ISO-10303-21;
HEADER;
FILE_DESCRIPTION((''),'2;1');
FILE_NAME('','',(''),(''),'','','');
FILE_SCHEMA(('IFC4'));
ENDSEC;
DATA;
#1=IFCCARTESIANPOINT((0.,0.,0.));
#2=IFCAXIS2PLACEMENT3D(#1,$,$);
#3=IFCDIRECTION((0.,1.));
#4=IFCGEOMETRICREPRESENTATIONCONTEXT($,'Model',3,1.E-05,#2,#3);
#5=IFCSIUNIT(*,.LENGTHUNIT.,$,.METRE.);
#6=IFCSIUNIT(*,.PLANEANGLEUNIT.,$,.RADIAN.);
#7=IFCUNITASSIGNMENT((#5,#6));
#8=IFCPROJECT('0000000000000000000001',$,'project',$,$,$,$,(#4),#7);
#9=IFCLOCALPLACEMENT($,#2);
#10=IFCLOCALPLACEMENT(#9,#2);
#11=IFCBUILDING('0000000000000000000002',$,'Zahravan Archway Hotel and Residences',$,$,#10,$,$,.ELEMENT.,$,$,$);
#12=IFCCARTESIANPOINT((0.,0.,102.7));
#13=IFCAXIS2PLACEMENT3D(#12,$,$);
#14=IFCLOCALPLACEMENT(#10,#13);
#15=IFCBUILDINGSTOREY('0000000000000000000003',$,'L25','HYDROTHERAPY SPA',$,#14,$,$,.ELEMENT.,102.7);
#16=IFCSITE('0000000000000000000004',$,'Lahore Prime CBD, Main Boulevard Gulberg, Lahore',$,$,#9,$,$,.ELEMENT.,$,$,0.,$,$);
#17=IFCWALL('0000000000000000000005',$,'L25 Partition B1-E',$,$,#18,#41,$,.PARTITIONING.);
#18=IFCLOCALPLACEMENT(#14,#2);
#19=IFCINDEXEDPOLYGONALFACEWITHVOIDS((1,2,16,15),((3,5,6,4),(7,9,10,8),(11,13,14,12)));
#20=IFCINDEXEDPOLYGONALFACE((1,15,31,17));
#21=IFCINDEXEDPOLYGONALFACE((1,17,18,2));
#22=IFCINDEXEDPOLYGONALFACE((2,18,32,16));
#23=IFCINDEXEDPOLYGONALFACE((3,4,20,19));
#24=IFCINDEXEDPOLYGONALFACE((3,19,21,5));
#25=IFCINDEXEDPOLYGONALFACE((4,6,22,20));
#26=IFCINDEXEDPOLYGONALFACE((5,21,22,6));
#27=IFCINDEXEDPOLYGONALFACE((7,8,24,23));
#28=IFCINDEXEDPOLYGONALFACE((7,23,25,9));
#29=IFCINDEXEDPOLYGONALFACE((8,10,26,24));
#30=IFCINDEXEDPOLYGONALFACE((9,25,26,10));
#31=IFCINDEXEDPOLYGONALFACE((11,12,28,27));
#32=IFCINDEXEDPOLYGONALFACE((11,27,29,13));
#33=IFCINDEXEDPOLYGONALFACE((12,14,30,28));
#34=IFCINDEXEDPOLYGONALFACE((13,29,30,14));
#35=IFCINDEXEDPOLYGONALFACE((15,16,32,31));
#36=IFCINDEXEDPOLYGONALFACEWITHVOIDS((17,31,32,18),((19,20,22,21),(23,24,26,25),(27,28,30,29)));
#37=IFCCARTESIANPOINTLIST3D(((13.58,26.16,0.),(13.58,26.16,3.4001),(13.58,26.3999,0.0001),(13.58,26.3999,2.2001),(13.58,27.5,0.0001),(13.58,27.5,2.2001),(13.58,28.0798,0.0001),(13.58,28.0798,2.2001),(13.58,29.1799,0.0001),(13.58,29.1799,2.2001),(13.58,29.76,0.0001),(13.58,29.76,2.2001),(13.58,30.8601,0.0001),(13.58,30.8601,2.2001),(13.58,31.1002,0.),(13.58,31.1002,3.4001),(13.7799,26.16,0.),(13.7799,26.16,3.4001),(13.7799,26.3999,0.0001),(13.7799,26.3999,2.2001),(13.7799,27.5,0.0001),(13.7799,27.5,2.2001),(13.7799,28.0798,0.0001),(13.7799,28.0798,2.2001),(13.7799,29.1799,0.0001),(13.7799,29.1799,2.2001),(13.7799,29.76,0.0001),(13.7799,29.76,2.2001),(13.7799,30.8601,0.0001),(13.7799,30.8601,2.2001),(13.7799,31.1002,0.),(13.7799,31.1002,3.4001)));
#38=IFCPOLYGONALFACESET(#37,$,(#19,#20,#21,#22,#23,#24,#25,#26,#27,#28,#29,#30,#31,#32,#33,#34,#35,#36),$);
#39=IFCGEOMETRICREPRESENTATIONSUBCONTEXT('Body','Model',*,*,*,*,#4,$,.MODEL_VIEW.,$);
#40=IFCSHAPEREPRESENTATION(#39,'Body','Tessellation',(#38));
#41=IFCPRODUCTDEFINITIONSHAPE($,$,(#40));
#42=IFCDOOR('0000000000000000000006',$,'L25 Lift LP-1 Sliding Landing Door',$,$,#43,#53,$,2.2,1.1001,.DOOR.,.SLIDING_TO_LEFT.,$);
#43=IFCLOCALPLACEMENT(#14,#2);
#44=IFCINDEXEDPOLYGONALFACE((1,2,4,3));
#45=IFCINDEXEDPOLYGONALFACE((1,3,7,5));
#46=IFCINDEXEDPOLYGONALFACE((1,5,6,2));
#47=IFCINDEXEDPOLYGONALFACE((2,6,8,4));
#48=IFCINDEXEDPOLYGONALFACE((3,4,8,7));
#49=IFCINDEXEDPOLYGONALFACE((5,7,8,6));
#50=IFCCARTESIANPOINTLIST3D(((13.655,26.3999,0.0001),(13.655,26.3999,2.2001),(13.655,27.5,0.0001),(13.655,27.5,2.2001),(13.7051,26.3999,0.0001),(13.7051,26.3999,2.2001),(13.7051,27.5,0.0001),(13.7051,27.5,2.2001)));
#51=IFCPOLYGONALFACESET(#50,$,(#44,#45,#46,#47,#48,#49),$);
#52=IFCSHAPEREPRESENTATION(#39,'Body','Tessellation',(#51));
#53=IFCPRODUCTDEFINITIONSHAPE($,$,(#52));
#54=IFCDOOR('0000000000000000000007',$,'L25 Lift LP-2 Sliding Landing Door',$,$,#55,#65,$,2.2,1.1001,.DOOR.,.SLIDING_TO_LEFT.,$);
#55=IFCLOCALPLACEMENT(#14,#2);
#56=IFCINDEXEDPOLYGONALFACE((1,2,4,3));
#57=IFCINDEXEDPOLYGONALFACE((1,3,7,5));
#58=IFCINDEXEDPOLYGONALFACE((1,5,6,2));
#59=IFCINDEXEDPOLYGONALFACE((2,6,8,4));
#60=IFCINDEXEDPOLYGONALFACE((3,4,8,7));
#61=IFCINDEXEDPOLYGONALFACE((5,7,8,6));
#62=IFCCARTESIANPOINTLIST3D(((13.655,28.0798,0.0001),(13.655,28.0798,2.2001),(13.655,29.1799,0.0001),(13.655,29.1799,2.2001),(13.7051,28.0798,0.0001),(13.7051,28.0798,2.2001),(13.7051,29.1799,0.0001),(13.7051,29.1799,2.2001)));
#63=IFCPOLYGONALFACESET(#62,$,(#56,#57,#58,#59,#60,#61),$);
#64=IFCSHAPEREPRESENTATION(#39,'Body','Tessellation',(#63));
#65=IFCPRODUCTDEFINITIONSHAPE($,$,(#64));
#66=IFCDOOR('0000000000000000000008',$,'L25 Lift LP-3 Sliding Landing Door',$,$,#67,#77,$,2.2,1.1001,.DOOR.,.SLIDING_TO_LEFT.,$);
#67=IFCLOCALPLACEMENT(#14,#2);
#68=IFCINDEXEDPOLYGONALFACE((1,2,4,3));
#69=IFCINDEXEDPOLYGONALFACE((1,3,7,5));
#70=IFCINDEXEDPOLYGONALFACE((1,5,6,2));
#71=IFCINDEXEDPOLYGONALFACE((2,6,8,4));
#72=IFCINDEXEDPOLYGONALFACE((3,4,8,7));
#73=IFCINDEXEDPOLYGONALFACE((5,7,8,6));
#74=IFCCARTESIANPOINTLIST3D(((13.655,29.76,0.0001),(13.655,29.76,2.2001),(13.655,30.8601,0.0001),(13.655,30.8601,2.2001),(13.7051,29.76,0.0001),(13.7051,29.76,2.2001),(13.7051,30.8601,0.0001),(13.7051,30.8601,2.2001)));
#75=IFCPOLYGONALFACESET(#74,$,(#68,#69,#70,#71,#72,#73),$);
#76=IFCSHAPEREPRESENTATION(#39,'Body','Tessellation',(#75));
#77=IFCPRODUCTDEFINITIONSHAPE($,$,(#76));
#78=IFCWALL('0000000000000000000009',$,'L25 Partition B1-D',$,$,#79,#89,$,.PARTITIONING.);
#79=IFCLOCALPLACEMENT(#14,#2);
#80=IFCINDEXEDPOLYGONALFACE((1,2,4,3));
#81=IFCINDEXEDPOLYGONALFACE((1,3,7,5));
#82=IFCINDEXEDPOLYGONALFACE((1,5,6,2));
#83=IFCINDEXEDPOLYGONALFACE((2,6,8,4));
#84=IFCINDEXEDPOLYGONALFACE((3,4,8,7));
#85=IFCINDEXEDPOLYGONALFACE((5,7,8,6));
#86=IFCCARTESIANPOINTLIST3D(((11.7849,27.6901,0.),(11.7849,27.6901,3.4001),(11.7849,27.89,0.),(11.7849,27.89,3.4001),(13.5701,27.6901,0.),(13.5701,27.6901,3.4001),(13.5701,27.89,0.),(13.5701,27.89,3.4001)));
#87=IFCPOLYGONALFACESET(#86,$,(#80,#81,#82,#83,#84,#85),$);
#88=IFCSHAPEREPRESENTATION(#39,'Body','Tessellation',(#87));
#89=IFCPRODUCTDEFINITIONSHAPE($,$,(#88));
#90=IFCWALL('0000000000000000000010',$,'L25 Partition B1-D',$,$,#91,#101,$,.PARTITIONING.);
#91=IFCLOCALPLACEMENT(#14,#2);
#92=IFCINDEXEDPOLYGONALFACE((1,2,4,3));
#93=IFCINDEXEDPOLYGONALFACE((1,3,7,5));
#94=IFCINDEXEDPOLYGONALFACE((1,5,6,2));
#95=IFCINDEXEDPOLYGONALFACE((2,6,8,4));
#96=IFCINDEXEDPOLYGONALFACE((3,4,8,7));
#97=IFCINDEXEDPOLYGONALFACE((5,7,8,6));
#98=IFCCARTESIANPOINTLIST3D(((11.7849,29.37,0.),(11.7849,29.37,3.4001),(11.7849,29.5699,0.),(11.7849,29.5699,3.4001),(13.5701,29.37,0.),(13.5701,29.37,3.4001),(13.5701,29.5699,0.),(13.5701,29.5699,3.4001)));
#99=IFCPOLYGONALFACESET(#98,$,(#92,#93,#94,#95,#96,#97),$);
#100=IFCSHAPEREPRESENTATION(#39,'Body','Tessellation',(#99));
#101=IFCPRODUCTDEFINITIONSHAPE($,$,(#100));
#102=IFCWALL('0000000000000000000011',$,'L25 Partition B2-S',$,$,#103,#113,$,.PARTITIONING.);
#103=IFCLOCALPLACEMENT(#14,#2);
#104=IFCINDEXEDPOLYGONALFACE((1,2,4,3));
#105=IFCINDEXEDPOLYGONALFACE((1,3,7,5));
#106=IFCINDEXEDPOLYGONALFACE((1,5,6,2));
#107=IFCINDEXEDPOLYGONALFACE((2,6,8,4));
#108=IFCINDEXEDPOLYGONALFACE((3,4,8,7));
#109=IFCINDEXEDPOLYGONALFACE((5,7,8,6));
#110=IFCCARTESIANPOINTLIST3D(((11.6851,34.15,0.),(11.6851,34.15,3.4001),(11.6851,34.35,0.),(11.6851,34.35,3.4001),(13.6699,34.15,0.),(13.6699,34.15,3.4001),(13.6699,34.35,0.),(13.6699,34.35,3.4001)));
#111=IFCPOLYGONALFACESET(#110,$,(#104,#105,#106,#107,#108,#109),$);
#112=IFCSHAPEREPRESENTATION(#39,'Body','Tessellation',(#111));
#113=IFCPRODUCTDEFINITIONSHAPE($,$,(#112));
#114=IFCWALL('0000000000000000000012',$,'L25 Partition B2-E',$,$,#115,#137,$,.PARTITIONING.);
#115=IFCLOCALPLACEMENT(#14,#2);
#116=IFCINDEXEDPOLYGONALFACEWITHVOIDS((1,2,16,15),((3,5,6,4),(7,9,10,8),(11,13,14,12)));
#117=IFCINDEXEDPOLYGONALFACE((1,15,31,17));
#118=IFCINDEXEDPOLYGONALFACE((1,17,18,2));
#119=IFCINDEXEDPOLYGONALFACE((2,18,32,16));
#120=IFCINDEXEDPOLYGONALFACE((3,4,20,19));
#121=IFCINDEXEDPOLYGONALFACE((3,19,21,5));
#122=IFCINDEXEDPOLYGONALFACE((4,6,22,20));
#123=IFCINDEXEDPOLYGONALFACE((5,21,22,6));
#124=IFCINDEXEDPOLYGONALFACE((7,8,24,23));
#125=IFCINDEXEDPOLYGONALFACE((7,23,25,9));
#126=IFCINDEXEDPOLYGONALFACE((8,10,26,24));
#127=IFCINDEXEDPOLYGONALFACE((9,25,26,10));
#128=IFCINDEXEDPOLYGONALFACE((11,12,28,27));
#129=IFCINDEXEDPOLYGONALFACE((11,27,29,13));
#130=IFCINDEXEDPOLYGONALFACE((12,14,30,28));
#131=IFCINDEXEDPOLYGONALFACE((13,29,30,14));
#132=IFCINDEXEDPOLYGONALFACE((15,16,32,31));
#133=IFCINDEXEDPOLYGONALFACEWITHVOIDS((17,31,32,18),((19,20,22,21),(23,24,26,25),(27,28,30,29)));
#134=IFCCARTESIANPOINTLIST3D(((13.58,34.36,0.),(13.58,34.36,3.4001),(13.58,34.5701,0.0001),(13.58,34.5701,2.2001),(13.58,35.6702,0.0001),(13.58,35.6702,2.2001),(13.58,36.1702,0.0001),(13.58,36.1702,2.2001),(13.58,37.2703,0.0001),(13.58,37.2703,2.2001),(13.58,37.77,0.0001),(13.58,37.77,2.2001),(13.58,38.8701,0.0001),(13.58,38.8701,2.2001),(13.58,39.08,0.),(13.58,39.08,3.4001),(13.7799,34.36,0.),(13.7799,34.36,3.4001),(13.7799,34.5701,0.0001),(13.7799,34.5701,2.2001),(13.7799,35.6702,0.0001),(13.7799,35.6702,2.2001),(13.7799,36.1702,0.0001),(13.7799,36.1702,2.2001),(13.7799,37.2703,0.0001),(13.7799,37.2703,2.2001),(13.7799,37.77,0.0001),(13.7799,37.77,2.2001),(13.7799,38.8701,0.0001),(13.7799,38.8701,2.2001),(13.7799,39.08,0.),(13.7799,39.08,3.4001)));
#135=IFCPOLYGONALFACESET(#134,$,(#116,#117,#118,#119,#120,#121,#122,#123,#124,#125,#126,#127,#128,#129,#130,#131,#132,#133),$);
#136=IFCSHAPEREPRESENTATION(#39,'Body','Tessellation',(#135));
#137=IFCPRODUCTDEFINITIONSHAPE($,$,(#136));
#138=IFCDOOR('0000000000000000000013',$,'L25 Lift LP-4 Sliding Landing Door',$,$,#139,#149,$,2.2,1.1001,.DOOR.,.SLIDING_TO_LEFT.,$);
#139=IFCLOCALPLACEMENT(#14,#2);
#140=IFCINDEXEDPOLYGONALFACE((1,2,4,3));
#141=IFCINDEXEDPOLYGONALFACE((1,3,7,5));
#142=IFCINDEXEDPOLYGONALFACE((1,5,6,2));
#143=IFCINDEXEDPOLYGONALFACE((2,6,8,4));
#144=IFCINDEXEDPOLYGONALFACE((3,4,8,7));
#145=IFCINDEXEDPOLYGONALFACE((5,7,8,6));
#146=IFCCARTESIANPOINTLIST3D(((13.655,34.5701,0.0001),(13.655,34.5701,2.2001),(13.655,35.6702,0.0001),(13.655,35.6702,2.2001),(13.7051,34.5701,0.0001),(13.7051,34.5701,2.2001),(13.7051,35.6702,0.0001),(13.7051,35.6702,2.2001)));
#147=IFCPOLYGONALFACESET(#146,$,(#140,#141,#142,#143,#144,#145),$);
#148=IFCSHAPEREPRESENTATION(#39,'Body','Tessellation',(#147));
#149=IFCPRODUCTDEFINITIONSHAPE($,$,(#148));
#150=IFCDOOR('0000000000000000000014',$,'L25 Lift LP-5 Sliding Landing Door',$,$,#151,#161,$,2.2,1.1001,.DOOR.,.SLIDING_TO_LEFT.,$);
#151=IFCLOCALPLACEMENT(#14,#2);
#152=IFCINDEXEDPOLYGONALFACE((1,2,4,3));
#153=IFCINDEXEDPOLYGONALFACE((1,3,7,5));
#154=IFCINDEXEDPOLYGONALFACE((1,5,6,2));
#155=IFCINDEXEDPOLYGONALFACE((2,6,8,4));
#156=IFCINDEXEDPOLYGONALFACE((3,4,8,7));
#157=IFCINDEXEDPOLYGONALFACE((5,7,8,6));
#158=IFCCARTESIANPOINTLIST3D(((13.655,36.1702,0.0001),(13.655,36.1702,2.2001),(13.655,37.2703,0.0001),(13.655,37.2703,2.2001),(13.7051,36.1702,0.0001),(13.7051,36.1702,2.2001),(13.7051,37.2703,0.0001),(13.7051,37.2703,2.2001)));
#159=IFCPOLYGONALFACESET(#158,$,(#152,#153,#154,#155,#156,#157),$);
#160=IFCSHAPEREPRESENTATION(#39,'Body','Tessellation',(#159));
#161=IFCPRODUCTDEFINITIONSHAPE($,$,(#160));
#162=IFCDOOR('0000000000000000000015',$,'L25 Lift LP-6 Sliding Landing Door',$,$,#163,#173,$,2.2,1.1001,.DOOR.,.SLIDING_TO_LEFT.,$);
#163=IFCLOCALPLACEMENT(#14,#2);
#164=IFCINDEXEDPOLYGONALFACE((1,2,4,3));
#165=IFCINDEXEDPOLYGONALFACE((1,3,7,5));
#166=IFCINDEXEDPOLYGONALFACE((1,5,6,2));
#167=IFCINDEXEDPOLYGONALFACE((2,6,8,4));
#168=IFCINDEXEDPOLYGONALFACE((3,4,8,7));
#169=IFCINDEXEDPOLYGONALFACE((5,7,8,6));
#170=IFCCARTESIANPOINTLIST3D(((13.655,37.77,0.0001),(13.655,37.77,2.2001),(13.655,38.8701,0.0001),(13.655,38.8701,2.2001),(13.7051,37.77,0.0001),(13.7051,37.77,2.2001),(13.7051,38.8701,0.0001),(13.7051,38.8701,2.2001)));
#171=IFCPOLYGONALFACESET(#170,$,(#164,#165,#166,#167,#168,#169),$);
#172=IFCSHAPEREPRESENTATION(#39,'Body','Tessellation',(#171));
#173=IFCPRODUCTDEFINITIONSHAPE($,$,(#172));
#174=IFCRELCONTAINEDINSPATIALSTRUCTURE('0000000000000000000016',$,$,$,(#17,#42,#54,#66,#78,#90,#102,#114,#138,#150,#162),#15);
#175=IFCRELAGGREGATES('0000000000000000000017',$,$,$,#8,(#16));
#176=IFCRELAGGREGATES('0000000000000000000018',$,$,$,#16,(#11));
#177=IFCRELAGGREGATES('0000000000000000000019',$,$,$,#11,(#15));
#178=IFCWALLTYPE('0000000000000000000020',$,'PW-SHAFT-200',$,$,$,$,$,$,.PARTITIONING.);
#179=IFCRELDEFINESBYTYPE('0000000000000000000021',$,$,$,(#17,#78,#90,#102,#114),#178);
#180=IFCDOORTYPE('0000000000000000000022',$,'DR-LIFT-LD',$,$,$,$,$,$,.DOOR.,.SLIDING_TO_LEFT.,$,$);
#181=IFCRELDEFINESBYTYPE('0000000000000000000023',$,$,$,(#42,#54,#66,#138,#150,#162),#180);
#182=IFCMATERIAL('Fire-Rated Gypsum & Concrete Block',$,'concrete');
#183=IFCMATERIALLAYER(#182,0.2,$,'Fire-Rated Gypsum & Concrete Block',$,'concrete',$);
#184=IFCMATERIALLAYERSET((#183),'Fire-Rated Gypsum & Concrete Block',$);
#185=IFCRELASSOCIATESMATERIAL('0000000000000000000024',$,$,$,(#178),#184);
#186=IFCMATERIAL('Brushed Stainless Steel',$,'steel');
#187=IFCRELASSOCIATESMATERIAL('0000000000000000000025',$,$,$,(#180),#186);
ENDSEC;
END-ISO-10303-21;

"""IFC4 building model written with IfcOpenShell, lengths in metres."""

from ifc_helpers import new_model, si_unit, direction, frame, frame_2d, origin, place, context, subcontext, project, spatial, rectangle, extrude, source, transform, mapped, material, layer, layer_set, type_object, type_shapes, element, fill, save


model = new_model("IFC4")

# Units and contexts
model_context = context("Model", 3, precision=1e-05, world=origin(), true_north=direction((0.0, 1.0)))
body_context = subcontext(model_context, "Body", "Model", "MODEL_VIEW")
ifc_project = project(units=[si_unit("LENGTHUNIT", "METRE"), si_unit("PLANEANGLEUNIT", "RADIAN")], contexts=[model_context])

# Site, building, storey
site_placement = place(None, origin())
site = spatial("IfcSite", under=ifc_project, at=site_placement, Name="Lahore Prime CBD, Main Boulevard Gulberg, Lahore", CompositionType="ELEMENT", RefElevation=0.0)
building_placement = place(site_placement, origin())
building = spatial("IfcBuilding", under=site, at=building_placement, Name="Zahravan Archway Hotel and Residences", CompositionType="ELEMENT")
storey_placement = place(building_placement, frame((0.0, 0.0, 102.7)))
storey = spatial("IfcBuildingStorey", under=building, at=storey_placement, Name="L25", Description="HYDROTHERAPY SPA", CompositionType="ELEMENT", Elevation=102.7)

# Shared definitions
ifc_material_1 = material(Name="Fire-Rated Gypsum & Concrete Block", Category="concrete")
ifc_layer_1 = layer(ifc_material_1, 0.2, Name="Fire-Rated Gypsum & Concrete Block", Category="concrete")
ifc_layer_set_1 = layer_set([ifc_layer_1], Name="Fire-Rated Gypsum & Concrete Block")
wall_type_1 = type_object("IfcWallType", Name="PW-SHAFT-200", PredefinedType="PARTITIONING", material=ifc_layer_set_1)

# Wall, openings, doors
wall_1_placement = place(storey_placement, frame((13.6799, 26.1599, 0.0), z_axis=(0.0, 0.0, 1.0), x_axis=(0.0, 1.0, 0.0)))
wall_1 = element("IfcWall", 1, at=wall_1_placement, inside=storey, type_object=wall_type_1, Name="L25 Partition B1-E", PredefinedType="PARTITIONING", context=body_context, shape_type="SweptSolid", body=[
    extrude(rectangle(XDim=4.9402, YDim=0.2, at=frame_2d((2.4702, 0.0))), origin(), (0.0, 0.0, 1.0), 3.4001),
])
opening_1_placement = place(wall_1_placement, frame((0.24, 0.0, 0.0)))
opening_1 = element("IfcOpeningElement", 2, at=opening_1_placement, cuts=wall_1, PredefinedType="OPENING", context=body_context, shape_type="SweptSolid", body=[
    extrude(rectangle(XDim=1.1001, YDim=2.2, at=frame_2d((0.55, 1.1001))), frame((0.0, 0.1099, 0.0), z_axis=(0.0, -1.0, 0.0), x_axis=(1.0, 0.0, 0.0)), (0.0, 0.0, 1.0), 0.22),
])
opening_2_placement = place(wall_1_placement, frame((1.9199, 0.0, 0.0)))
opening_2 = element("IfcOpeningElement", 3, at=opening_2_placement, cuts=wall_1, PredefinedType="OPENING", context=body_context, shape_type="SweptSolid", body=[
    extrude(rectangle(XDim=1.1001, YDim=2.2, at=frame_2d((0.55, 1.1001))), frame((0.0, 0.1099, 0.0), z_axis=(0.0, -1.0, 0.0), x_axis=(1.0, 0.0, 0.0)), (0.0, 0.0, 1.0), 0.22),
])
opening_3_placement = place(wall_1_placement, frame((3.6001, 0.0, 0.0)))
opening_3 = element("IfcOpeningElement", 4, at=opening_3_placement, cuts=wall_1, PredefinedType="OPENING", context=body_context, shape_type="SweptSolid", body=[
    extrude(rectangle(XDim=1.1001, YDim=2.2, at=frame_2d((0.55, 1.1001))), frame((0.0, 0.1099, 0.0), z_axis=(0.0, -1.0, 0.0), x_axis=(1.0, 0.0, 0.0)), (0.0, 0.0, 1.0), 0.22),
])
ifc_material_2 = material(Name="Brushed Stainless Steel", Category="steel")
door_type = type_object("IfcDoorType", Name="DR-LIFT-LD", OperationType="SLIDING_TO_LEFT", PredefinedType="DOOR", material=ifc_material_2)
shared_shape_1 = source(origin(), body_context, "Body", "SweptSolid", [
    extrude(rectangle(XDim=1.1001, YDim=2.2, at=frame_2d((0.55, 1.1001))), frame((0.0, 0.0249, 0.0), z_axis=(0.0, -1.0, 0.0), x_axis=(1.0, 0.0, 0.0)), (0.0, 0.0, 1.0), 0.05),
])
type_shapes(door_type, [shared_shape_1])
door_1_placement = place(opening_1_placement, origin())
door_1 = element("IfcDoor", 5, at=door_1_placement, inside=storey, type_object=door_type, Name="L25 Lift LP-1 Sliding Landing Door", OperationType="SLIDING_TO_LEFT", OverallHeight=2.2, OverallWidth=1.1001, PredefinedType="DOOR", context=body_context, shape_type="MappedRepresentation", body=[
    mapped(shared_shape_1, transform((0.0, 0.0, 0.0), scale=1.0)),
])
fill(opening_1, door_1)
door_2_placement = place(opening_2_placement, origin())
door_2 = element("IfcDoor", 6, at=door_2_placement, inside=storey, type_object=door_type, Name="L25 Lift LP-2 Sliding Landing Door", OperationType="SLIDING_TO_LEFT", OverallHeight=2.2, OverallWidth=1.1001, PredefinedType="DOOR", context=body_context, shape_type="MappedRepresentation", body=[
    mapped(shared_shape_1, transform((0.0, 0.0, 0.0), scale=1.0)),
])
fill(opening_2, door_2)
door_3_placement = place(opening_3_placement, origin())
door_3 = element("IfcDoor", 7, at=door_3_placement, inside=storey, type_object=door_type, Name="L25 Lift LP-3 Sliding Landing Door", OperationType="SLIDING_TO_LEFT", OverallHeight=2.2, OverallWidth=1.1001, PredefinedType="DOOR", context=body_context, shape_type="MappedRepresentation", body=[
    mapped(shared_shape_1, transform((0.0, 0.0, 0.0), scale=1.0)),
])
fill(opening_3, door_3)

# Walls
for number, where, z_axis, x_axis, name in (
    (8, (11.7849, 27.79, 0.0), (0.0, 0.0, 1.0), (1.0, 0.0, 0.0), "L25 Partition B1-D"),
    (9, (11.7849, 29.47, 0.0), (0.0, 0.0, 1.0), (1.0, 0.0, 0.0), "L25 Partition B1-D"),
):
    element("IfcWall", number, at=place(storey_placement, frame(where, z_axis=z_axis, x_axis=x_axis)), inside=storey, type_object=wall_type_1, Name=name, PredefinedType="PARTITIONING", context=body_context, shape_type="SweptSolid", body=[
        extrude(rectangle(XDim=1.7852, YDim=0.2, at=frame_2d((0.8926, 0.0))), origin(), (0.0, 0.0, 1.0), 3.4001),
    ])
wall_2_placement = place(storey_placement, frame((11.6851, 34.25, 0.0), z_axis=(0.0, 0.0, 1.0), x_axis=(1.0, 0.0, 0.0)))
element("IfcWall", 10, at=wall_2_placement, inside=storey, type_object=wall_type_1, Name="L25 Partition B2-S", PredefinedType="PARTITIONING", context=body_context, shape_type="SweptSolid", body=[
    extrude(rectangle(XDim=1.9849, YDim=0.2, at=frame_2d((0.9924, 0.0))), origin(), (0.0, 0.0, 1.0), 3.4001),
])

# Wall, openings, doors
wall_3_placement = place(storey_placement, frame((13.6799, 34.3601, 0.0), z_axis=(0.0, 0.0, 1.0), x_axis=(0.0, 1.0, 0.0)))
wall_3 = element("IfcWall", 11, at=wall_3_placement, inside=storey, type_object=wall_type_1, Name="L25 Partition B2-E", PredefinedType="PARTITIONING", context=body_context, shape_type="SweptSolid", body=[
    extrude(rectangle(XDim=4.72, YDim=0.2, at=frame_2d((2.3599, 0.0))), origin(), (0.0, 0.0, 1.0), 3.4001),
])
opening_4_placement = place(wall_3_placement, frame((0.21, 0.0, 0.0)))
opening_4 = element("IfcOpeningElement", 12, at=opening_4_placement, cuts=wall_3, PredefinedType="OPENING", context=body_context, shape_type="SweptSolid", body=[
    extrude(rectangle(XDim=1.1001, YDim=2.2, at=frame_2d((0.55, 1.1001))), frame((0.0, 0.1099, 0.0), z_axis=(0.0, -1.0, 0.0), x_axis=(1.0, 0.0, 0.0)), (0.0, 0.0, 1.0), 0.22),
])
opening_5_placement = place(wall_3_placement, frame((1.8101, 0.0, 0.0)))
opening_5 = element("IfcOpeningElement", 13, at=opening_5_placement, cuts=wall_3, PredefinedType="OPENING", context=body_context, shape_type="SweptSolid", body=[
    extrude(rectangle(XDim=1.1001, YDim=2.2, at=frame_2d((0.55, 1.1001))), frame((0.0, 0.1099, 0.0), z_axis=(0.0, -1.0, 0.0), x_axis=(1.0, 0.0, 0.0)), (0.0, 0.0, 1.0), 0.22),
])
opening_6_placement = place(wall_3_placement, frame((3.4099, 0.0, 0.0)))
opening_6 = element("IfcOpeningElement", 14, at=opening_6_placement, cuts=wall_3, PredefinedType="OPENING", context=body_context, shape_type="SweptSolid", body=[
    extrude(rectangle(XDim=1.1001, YDim=2.2, at=frame_2d((0.55, 1.1001))), frame((0.0, 0.1099, 0.0), z_axis=(0.0, -1.0, 0.0), x_axis=(1.0, 0.0, 0.0)), (0.0, 0.0, 1.0), 0.22),
])
door_4_placement = place(opening_4_placement, origin())
door_4 = element("IfcDoor", 15, at=door_4_placement, inside=storey, type_object=door_type, Name="L25 Lift LP-4 Sliding Landing Door", OperationType="SLIDING_TO_LEFT", OverallHeight=2.2, OverallWidth=1.1001, PredefinedType="DOOR", context=body_context, shape_type="MappedRepresentation", body=[
    mapped(shared_shape_1, transform((0.0, 0.0, 0.0), scale=1.0)),
])
fill(opening_4, door_4)
door_5_placement = place(opening_5_placement, origin())
door_5 = element("IfcDoor", 16, at=door_5_placement, inside=storey, type_object=door_type, Name="L25 Lift LP-5 Sliding Landing Door", OperationType="SLIDING_TO_LEFT", OverallHeight=2.2, OverallWidth=1.1001, PredefinedType="DOOR", context=body_context, shape_type="MappedRepresentation", body=[
    mapped(shared_shape_1, transform((0.0, 0.0, 0.0), scale=1.0)),
])
fill(opening_5, door_5)
door_6_placement = place(opening_6_placement, origin())
door_6 = element("IfcDoor", 17, at=door_6_placement, inside=storey, type_object=door_type, Name="L25 Lift LP-6 Sliding Landing Door", OperationType="SLIDING_TO_LEFT", OverallHeight=2.2, OverallWidth=1.1001, PredefinedType="DOOR", context=body_context, shape_type="MappedRepresentation", body=[
    mapped(shared_shape_1, transform((0.0, 0.0, 0.0), scale=1.0)),
])
fill(opening_6, door_6)

save(model, "model.ifc")
